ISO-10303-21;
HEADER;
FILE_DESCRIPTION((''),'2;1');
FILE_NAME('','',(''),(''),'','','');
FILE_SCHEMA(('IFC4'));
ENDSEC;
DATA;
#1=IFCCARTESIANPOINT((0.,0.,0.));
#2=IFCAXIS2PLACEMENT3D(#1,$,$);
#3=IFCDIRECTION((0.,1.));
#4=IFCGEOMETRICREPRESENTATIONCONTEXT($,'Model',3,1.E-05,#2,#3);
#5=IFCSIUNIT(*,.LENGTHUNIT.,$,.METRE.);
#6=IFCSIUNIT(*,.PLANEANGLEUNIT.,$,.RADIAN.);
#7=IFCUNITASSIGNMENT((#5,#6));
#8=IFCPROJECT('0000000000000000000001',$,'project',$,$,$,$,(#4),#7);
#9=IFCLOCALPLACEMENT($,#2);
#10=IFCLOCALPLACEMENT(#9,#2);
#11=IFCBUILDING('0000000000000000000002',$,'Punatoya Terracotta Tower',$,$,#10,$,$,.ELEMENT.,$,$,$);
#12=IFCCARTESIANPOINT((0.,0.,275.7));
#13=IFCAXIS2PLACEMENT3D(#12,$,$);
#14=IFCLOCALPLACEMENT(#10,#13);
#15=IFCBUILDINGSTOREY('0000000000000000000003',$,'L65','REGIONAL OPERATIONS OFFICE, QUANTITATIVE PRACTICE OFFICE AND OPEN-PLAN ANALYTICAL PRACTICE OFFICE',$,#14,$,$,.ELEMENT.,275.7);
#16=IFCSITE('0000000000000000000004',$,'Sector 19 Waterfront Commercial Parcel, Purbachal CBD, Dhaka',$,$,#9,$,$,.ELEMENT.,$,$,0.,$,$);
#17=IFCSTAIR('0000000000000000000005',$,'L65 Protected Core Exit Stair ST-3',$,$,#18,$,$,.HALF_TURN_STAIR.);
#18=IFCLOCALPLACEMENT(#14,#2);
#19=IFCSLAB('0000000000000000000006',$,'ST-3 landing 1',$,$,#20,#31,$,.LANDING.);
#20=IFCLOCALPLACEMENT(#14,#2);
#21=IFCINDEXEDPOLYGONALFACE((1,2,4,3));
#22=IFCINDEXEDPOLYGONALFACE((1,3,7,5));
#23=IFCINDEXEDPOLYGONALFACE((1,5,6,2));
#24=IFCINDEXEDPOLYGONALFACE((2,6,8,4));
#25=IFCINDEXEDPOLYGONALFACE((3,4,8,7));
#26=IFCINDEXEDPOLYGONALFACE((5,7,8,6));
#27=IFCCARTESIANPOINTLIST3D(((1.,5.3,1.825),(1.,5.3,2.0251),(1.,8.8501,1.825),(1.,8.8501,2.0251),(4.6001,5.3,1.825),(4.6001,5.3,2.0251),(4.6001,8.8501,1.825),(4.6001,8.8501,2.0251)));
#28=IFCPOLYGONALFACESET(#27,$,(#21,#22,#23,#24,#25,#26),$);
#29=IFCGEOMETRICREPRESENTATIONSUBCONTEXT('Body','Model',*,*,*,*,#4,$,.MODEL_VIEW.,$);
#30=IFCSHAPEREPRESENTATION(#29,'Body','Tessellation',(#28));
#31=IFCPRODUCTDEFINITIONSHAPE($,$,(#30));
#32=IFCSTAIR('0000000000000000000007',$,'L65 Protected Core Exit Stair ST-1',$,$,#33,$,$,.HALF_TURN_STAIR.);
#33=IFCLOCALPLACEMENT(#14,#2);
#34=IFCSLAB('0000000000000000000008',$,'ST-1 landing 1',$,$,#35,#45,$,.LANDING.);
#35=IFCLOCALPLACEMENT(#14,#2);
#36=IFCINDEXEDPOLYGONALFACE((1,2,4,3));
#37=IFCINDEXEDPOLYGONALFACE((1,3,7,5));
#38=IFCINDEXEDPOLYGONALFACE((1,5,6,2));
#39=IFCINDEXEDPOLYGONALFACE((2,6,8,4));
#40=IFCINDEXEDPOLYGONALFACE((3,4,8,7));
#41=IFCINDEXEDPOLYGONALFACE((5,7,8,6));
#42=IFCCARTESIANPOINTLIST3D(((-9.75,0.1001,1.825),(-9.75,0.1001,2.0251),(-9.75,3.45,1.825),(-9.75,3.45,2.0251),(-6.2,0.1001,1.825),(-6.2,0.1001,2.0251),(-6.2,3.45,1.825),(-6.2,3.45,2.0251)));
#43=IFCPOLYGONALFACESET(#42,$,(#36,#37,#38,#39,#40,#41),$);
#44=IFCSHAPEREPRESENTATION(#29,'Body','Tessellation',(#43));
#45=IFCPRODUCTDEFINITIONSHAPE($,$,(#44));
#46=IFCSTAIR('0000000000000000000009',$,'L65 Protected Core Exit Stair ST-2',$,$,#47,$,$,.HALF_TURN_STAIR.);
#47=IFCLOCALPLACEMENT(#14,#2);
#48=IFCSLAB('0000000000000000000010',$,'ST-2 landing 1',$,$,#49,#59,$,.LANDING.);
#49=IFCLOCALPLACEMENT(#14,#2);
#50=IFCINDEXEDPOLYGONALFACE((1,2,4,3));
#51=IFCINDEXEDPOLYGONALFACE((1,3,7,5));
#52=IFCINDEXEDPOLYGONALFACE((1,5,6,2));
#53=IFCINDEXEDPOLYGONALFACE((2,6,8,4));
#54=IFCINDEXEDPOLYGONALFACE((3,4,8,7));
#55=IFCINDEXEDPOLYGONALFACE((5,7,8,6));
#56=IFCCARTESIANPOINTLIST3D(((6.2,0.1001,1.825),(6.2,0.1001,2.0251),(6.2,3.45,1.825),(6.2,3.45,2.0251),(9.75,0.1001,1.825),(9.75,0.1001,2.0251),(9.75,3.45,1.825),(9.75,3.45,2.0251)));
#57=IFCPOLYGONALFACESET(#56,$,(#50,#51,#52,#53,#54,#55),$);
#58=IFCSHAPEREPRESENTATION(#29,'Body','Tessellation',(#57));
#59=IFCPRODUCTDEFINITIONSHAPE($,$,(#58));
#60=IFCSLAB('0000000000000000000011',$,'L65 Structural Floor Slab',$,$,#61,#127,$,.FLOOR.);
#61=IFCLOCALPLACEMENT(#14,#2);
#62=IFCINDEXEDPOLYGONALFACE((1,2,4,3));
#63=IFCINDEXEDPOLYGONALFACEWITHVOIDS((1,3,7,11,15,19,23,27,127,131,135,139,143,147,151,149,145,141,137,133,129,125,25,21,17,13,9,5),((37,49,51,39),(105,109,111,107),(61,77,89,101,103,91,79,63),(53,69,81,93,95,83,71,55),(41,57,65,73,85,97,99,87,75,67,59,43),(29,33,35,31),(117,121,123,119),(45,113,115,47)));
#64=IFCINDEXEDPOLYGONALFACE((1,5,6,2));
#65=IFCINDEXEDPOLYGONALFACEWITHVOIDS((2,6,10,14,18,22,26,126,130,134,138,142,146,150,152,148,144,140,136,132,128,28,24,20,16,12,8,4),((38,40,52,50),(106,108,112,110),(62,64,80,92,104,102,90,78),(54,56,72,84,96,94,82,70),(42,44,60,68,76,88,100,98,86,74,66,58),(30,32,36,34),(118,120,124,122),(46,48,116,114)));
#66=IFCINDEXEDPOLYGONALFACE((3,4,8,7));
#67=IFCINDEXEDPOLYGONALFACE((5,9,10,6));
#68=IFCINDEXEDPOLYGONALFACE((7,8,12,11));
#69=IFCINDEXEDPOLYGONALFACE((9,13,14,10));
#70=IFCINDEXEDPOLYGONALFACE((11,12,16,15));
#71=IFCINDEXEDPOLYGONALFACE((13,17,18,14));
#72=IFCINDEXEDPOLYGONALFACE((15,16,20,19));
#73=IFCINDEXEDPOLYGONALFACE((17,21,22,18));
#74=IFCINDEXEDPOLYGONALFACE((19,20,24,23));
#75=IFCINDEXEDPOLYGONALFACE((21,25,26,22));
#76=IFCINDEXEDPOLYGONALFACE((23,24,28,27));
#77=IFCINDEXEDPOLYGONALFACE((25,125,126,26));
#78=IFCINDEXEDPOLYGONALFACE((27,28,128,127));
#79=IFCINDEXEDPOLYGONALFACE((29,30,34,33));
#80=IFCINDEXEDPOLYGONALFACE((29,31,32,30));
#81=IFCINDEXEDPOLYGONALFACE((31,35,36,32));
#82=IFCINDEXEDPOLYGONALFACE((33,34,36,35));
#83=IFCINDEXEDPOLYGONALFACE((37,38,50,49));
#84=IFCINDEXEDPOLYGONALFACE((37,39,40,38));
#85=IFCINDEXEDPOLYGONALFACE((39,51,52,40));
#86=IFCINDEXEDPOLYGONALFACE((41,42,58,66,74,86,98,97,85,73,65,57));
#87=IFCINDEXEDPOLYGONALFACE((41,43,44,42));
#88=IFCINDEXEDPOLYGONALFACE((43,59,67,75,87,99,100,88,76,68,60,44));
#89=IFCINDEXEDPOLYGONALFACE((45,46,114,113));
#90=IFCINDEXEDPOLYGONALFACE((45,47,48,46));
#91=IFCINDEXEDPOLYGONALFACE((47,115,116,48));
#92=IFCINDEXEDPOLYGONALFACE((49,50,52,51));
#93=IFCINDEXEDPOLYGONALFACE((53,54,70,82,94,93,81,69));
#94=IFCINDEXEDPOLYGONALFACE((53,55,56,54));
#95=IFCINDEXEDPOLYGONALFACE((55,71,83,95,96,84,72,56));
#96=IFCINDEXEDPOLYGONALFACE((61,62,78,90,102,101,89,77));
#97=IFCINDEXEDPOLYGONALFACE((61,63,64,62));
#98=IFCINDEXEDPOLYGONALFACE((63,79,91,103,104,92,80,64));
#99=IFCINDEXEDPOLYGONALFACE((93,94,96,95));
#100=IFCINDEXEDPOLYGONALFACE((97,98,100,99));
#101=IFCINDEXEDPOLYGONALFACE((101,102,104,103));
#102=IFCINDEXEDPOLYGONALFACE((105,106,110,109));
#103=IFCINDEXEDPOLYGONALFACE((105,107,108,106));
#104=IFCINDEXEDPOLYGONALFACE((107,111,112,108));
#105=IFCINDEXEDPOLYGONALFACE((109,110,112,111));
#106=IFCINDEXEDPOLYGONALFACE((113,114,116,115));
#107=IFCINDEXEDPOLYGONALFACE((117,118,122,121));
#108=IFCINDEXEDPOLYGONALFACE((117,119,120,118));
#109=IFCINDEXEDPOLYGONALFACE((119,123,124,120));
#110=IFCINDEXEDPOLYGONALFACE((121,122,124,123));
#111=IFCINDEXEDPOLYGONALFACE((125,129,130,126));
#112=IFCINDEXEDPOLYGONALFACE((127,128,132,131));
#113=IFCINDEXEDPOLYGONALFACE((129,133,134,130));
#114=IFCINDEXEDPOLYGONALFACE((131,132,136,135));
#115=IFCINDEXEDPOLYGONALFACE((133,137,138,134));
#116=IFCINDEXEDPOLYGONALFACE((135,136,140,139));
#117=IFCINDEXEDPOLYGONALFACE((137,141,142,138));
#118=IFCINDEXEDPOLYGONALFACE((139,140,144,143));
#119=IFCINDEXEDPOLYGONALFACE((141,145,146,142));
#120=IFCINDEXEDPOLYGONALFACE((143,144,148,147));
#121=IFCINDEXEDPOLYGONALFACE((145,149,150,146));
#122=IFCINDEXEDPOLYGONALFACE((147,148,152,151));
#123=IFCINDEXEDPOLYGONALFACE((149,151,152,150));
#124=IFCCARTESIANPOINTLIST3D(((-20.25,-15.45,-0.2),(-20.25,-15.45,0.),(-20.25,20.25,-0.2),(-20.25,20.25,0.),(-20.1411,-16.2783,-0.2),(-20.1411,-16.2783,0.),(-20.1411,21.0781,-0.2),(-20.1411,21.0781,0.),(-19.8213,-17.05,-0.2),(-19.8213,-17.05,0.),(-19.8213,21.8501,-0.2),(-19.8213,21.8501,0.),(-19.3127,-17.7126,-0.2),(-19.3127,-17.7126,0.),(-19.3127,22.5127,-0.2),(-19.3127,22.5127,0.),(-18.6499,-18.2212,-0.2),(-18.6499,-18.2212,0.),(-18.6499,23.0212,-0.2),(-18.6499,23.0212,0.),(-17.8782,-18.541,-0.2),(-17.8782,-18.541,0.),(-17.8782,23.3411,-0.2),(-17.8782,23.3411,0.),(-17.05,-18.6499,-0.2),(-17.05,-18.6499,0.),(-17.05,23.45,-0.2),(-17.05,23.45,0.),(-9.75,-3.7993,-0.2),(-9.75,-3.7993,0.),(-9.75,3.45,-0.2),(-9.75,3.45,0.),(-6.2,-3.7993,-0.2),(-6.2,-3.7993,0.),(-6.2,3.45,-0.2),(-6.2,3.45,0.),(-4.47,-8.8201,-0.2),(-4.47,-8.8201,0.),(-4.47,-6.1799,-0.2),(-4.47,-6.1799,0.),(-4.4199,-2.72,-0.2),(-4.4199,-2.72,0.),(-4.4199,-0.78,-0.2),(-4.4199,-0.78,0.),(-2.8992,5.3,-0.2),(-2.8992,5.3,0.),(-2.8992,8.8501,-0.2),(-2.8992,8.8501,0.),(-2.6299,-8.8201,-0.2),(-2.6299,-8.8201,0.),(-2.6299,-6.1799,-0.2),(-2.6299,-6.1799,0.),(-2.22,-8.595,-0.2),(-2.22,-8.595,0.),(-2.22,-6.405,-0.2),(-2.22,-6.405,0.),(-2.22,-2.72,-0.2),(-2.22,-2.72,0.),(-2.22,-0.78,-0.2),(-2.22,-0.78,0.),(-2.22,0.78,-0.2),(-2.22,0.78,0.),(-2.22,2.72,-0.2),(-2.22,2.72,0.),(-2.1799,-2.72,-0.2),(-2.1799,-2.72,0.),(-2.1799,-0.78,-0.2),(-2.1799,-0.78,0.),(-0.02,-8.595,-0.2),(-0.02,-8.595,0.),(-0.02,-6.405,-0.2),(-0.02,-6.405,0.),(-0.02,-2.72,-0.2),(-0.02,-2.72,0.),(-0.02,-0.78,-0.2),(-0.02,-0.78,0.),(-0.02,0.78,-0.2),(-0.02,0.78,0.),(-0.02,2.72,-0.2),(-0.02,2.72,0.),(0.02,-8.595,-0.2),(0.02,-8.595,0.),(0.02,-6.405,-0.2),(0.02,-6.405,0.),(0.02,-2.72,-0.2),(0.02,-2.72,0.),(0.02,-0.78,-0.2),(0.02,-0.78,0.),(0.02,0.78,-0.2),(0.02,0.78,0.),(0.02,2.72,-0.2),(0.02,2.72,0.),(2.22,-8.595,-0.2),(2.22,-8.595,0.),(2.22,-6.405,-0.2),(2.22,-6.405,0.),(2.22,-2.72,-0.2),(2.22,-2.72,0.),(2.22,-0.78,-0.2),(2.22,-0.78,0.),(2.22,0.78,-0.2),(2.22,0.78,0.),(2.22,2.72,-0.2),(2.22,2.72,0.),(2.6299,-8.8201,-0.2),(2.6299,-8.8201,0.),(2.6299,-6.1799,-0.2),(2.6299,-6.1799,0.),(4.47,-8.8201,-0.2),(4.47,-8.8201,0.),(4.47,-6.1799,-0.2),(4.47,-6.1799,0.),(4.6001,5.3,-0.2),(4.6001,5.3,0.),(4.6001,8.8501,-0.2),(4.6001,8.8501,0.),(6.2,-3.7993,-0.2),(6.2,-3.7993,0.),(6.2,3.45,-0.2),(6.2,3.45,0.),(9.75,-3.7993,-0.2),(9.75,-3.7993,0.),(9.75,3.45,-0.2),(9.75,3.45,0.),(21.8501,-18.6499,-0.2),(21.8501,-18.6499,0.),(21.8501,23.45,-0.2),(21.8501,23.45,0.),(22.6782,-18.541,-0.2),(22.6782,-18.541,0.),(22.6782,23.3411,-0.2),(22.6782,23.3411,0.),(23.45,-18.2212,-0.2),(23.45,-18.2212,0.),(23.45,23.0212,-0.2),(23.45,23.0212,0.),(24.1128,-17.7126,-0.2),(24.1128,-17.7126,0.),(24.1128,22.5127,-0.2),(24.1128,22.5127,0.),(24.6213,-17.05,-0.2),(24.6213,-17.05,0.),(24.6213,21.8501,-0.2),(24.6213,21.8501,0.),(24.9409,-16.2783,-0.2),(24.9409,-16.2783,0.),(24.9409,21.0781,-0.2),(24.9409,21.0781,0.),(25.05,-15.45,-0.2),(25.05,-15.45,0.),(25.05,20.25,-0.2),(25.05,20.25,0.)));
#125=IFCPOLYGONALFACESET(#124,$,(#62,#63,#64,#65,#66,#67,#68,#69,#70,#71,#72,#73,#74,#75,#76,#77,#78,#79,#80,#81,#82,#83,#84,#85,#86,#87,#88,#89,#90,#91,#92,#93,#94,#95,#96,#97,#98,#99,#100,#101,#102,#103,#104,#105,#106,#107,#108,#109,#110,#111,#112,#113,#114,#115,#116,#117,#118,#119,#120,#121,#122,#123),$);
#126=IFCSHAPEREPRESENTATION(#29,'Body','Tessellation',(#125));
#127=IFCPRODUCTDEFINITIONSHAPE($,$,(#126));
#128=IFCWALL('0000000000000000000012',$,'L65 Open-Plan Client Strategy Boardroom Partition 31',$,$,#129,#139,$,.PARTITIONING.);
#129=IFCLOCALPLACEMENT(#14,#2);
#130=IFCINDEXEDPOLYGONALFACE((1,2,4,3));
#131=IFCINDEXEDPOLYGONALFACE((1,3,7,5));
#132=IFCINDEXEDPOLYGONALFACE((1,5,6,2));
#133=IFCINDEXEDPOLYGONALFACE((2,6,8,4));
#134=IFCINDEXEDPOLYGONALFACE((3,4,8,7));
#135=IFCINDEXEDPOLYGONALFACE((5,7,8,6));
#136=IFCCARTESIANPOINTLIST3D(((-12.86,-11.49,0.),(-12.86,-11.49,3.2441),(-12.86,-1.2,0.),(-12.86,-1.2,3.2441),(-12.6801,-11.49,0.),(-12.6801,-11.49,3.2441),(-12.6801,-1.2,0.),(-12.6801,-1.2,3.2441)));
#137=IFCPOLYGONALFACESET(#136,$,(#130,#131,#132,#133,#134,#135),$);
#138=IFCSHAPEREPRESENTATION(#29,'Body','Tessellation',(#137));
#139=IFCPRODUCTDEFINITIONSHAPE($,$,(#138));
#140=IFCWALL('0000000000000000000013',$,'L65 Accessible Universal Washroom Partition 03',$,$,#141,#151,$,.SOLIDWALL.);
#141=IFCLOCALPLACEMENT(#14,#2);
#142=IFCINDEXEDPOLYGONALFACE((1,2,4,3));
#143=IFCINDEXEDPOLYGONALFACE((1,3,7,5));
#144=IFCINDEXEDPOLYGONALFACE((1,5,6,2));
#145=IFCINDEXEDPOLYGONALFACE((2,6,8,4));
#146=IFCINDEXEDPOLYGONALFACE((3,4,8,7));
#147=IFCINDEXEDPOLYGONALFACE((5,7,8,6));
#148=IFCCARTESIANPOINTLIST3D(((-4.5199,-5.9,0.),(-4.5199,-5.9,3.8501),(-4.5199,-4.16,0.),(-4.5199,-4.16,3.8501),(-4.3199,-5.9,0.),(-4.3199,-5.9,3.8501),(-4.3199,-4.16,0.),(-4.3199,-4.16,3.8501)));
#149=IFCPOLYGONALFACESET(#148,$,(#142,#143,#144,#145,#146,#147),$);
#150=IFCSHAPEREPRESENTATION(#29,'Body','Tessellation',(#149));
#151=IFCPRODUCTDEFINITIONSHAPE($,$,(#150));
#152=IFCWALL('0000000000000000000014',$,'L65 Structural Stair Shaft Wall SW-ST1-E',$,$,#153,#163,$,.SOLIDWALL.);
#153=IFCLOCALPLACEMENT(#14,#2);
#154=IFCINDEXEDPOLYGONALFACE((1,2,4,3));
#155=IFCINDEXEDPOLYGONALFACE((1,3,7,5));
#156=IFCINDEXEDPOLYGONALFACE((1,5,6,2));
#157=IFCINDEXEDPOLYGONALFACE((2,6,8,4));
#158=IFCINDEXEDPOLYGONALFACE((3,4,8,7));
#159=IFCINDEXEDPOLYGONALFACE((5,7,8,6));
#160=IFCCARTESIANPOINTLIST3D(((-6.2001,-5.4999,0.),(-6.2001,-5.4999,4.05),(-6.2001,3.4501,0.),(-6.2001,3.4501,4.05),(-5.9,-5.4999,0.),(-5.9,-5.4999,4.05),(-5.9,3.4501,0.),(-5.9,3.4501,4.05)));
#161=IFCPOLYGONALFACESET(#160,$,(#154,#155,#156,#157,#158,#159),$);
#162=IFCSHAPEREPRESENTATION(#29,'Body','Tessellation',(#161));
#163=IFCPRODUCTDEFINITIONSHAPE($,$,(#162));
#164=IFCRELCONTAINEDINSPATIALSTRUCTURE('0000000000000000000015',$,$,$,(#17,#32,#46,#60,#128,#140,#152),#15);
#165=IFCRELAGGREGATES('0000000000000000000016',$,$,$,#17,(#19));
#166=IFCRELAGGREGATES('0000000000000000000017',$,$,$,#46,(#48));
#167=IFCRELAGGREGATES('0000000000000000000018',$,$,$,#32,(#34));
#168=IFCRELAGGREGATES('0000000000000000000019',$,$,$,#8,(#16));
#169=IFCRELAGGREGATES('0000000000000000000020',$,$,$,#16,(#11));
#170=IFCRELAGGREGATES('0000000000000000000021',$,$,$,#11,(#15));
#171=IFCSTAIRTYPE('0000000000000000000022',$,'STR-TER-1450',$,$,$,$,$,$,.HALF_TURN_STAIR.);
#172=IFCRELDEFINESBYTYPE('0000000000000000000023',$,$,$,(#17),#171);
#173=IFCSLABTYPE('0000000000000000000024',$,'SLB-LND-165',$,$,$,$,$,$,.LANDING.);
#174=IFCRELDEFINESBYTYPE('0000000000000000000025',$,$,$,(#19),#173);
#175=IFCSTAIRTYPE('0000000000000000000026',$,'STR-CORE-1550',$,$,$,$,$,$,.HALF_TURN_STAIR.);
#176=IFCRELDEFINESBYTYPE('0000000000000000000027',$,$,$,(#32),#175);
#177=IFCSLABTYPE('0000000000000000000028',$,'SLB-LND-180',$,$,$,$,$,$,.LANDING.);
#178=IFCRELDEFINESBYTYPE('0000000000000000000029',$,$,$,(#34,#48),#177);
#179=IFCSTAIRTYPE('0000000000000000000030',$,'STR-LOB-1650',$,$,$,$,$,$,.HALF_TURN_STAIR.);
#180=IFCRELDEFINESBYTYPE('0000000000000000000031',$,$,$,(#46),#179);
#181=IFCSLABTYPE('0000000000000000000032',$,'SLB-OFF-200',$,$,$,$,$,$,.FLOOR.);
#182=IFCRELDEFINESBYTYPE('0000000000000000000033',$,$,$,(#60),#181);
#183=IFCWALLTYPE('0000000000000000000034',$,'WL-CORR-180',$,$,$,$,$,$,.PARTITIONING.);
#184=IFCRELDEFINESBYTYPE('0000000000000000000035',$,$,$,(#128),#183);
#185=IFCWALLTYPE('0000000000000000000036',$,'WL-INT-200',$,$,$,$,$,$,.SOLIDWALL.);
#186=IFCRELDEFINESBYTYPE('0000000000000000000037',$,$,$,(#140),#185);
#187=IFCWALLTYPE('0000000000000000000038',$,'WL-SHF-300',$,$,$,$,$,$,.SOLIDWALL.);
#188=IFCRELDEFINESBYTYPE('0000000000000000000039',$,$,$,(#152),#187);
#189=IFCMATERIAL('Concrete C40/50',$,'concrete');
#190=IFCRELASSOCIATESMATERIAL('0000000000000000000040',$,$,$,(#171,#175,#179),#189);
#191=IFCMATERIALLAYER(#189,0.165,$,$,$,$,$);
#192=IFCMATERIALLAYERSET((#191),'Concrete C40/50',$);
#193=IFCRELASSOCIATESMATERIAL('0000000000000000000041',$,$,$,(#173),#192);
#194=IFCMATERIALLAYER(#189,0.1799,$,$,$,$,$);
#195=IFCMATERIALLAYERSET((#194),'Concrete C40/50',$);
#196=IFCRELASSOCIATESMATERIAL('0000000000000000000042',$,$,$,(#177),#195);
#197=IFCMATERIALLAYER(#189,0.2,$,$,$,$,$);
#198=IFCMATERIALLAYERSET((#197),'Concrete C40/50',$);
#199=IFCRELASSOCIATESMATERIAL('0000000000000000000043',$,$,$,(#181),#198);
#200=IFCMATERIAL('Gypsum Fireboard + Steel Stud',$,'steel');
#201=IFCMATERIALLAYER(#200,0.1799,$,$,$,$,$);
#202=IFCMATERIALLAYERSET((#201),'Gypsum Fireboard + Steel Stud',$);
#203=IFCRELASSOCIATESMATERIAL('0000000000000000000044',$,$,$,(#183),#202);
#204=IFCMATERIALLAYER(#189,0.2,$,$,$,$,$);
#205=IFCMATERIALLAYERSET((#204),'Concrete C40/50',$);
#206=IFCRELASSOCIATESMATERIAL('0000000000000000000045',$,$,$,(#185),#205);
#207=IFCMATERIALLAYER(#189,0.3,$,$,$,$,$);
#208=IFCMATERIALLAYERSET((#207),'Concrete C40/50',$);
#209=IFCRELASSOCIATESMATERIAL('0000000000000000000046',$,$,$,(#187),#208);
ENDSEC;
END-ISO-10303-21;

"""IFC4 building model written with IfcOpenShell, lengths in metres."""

from ifc_helpers import new_model, si_unit, direction, frame, frame_2d, origin, place, context, subcontext, project, spatial, polyline, rectangle, outline, extrude, material, layer, layer_set, type_object, element, aggregate, save


model = new_model("IFC4")

# Units and contexts
model_context = context("Model", 3, precision=1e-05, world=origin(), true_north=direction((0.0, 1.0)))
body_context = subcontext(model_context, "Body", "Model", "MODEL_VIEW")
ifc_project = project(units=[si_unit("LENGTHUNIT", "METRE"), si_unit("PLANEANGLEUNIT", "RADIAN")], contexts=[model_context])

# Site, building, storey
site_placement = place(None, origin())
site = spatial("IfcSite", under=ifc_project, at=site_placement, Name="Sector 19 Waterfront Commercial Parcel, Purbachal CBD, Dhaka", CompositionType="ELEMENT", RefElevation=0.0)
building_placement = place(site_placement, origin())
building = spatial("IfcBuilding", under=site, at=building_placement, Name="Punatoya Terracotta Tower", CompositionType="ELEMENT")
storey_placement = place(building_placement, frame((0.0, 0.0, 275.7)))
storey = spatial("IfcBuildingStorey", under=building, at=storey_placement, Name="L65", Description="REGIONAL OPERATIONS OFFICE, QUANTITATIVE PRACTICE OFFICE AND OPEN-PLAN ANALYTICAL PRACTICE OFFICE", CompositionType="ELEMENT", Elevation=275.7)

# Stairs, slabs
ifc_material_1 = material(Name="Concrete C40/50", Category="concrete")
stair_type_1 = type_object("IfcStairType", Name="STR-TER-1450", PredefinedType="HALF_TURN_STAIR", material=ifc_material_1)
stair_1_placement = place(storey_placement, origin())
stair_1 = element("IfcStair", 1, at=stair_1_placement, inside=storey, type_object=stair_type_1, Name="L65 Protected Core Exit Stair ST-3", PredefinedType="HALF_TURN_STAIR")
ifc_layer_1 = layer(ifc_material_1, 0.165)
ifc_layer_set_1 = layer_set([ifc_layer_1], Name="Concrete C40/50")
slab_type_1 = type_object("IfcSlabType", Name="SLB-LND-165", PredefinedType="LANDING", material=ifc_layer_set_1)
slab_1_placement = place(storey_placement, frame((0.0, 0.0, 1.825)))
slab_1 = element("IfcSlab", 2, at=slab_1_placement, type_object=slab_type_1, Name="ST-3 landing 1", PredefinedType="LANDING", context=body_context, shape_type="SweptSolid", body=[
    extrude(outline(polyline([(1.0, 5.3), (4.6001, 5.3), (4.6001, 8.8501), (1.0, 8.8501), (1.0, 5.3)])), origin(), (0.0, 0.0, 1.0), 0.2002),
])
aggregate(stair_1, [slab_1])
stair_type_2 = type_object("IfcStairType", Name="STR-CORE-1550", PredefinedType="HALF_TURN_STAIR", material=ifc_material_1)
stair_2_placement = place(storey_placement, origin())
stair_2 = element("IfcStair", 3, at=stair_2_placement, inside=storey, type_object=stair_type_2, Name="L65 Protected Core Exit Stair ST-1", PredefinedType="HALF_TURN_STAIR")
ifc_layer_2 = layer(ifc_material_1, 0.1799)
ifc_layer_set_2 = layer_set([ifc_layer_2], Name="Concrete C40/50")
slab_type_2 = type_object("IfcSlabType", Name="SLB-LND-180", PredefinedType="LANDING", material=ifc_layer_set_2)
slab_2_placement = place(storey_placement, frame((0.0, 0.0, 1.825)))
slab_2 = element("IfcSlab", 4, at=slab_2_placement, type_object=slab_type_2, Name="ST-1 landing 1", PredefinedType="LANDING", context=body_context, shape_type="SweptSolid", body=[
    extrude(outline(polyline([(-6.2, 0.1001), (-6.2, 3.45), (-9.75, 3.45), (-9.75, 0.1001), (-6.2, 0.1001)])), origin(), (0.0, 0.0, 1.0), 0.2002),
])
stair_type_3 = type_object("IfcStairType", Name="STR-LOB-1650", PredefinedType="HALF_TURN_STAIR", material=ifc_material_1)
stair_3_placement = place(storey_placement, origin())
stair_3 = element("IfcStair", 5, at=stair_3_placement, inside=storey, type_object=stair_type_3, Name="L65 Protected Core Exit Stair ST-2", PredefinedType="HALF_TURN_STAIR")
slab_3_placement = place(storey_placement, frame((0.0, 0.0, 1.825)))
slab_3 = element("IfcSlab", 6, at=slab_3_placement, type_object=slab_type_2, Name="ST-2 landing 1", PredefinedType="LANDING", context=body_context, shape_type="SweptSolid", body=[
    extrude(outline(polyline([(9.75, 0.1001), (9.75, 3.45), (6.2, 3.45), (6.2, 0.1001), (9.75, 0.1001)])), origin(), (0.0, 0.0, 1.0), 0.2002),
])
aggregate(stair_3, [slab_3])

# Slab
ifc_layer_3 = layer(ifc_material_1, 0.2)
ifc_layer_set_3 = layer_set([ifc_layer_3], Name="Concrete C40/50")
slab_type_3 = type_object("IfcSlabType", Name="SLB-OFF-200", PredefinedType="FLOOR", material=ifc_layer_set_3)
slab_4_placement = place(storey_placement, frame((0.0, 0.0, -0.2)))
element("IfcSlab", 7, at=slab_4_placement, inside=storey, type_object=slab_type_3, Name="L65 Structural Floor Slab", PredefinedType="FLOOR", context=body_context, shape_type="SweptSolid", body=[
    extrude(outline(polyline([(-17.05, -18.6499), (-17.8782, -18.541), (-18.6499, -18.2212), (-19.3127, -17.7126), (-19.8213, -17.05), (-20.1411, -16.2783), (-20.25, -15.45), (-20.25, 20.25), (-20.1411, 21.0781), (-19.8213, 21.8501), (-19.3127, 22.5127), (-18.6499, 23.0212), (-17.8782, 23.3411), (-17.05, 23.45), (21.8501, 23.45), (22.6782, 23.3411), (23.45, 23.0212), (24.1128, 22.5127), (24.6213, 21.8501), (24.9409, 21.0781), (25.05, 20.25), (25.05, -15.45), (24.9409, -16.2783), (24.6213, -17.05), (24.1128, -17.7126), (23.45, -18.2212), (22.6782, -18.541), (21.8501, -18.6499), (-17.05, -18.6499)]), holes=[polyline([(-2.6299, -6.1799), (-4.47, -6.1799), (-4.47, -8.8201), (-2.6299, -8.8201), (-2.6299, -6.1799)]), polyline([(0.02, -8.595), (2.22, -8.595), (2.22, -6.405), (0.02, -6.405), (-0.02, -6.405), (-2.22, -6.405), (-2.22, -8.595), (-0.02, -8.595), (0.02, -8.595)]), polyline([(-2.22, -2.72), (-2.1799, -2.72), (-0.02, -2.72), (0.02, -2.72), (2.22, -2.72), (2.22, -0.78), (0.02, -0.78), (-0.02, -0.78), (-2.1799, -0.78), (-2.22, -0.78), (-4.4199, -0.78), (-4.4199, -2.72), (-2.22, -2.72)]), polyline([(-6.2, 3.45), (-9.75, 3.45), (-9.75, -3.7993), (-6.2, -3.7993), (-6.2, 3.45)]), polyline([(0.02, 0.78), (2.22, 0.78), (2.22, 2.72), (0.02, 2.72), (-0.02, 2.72), (-2.22, 2.72), (-2.22, 0.78), (-0.02, 0.78), (0.02, 0.78)]), polyline([(4.47, -8.8201), (4.47, -6.1799), (2.6299, -6.1799), (2.6299, -8.8201), (4.47, -8.8201)]), polyline([(6.2, 3.45), (6.2, -3.7993), (9.75, -3.7993), (9.75, 3.45), (6.2, 3.45)]), polyline([(4.6001, 5.3), (4.6001, 8.8501), (-2.8992, 8.8501), (-2.8992, 5.3), (4.6001, 5.3)])]), origin(), (0.0, 0.0, 1.0), 0.2),
])

# Wall
ifc_material_2 = material(Name="Gypsum Fireboard + Steel Stud", Category="steel")
ifc_layer_4 = layer(ifc_material_2, 0.1799)
ifc_layer_set_4 = layer_set([ifc_layer_4], Name="Gypsum Fireboard + Steel Stud")
wall_type_1 = type_object("IfcWallType", Name="WL-CORR-180", PredefinedType="PARTITIONING", material=ifc_layer_set_4)
wall_1_placement = place(storey_placement, frame((-12.77, -1.2, 0.0), z_axis=(0.0, 0.0, 1.0), x_axis=(0.0, -1.0, 0.0)))
element("IfcWall", 8, at=wall_1_placement, inside=storey, type_object=wall_type_1, Name="L65 Open-Plan Client Strategy Boardroom Partition 31", PredefinedType="PARTITIONING", context=body_context, shape_type="SweptSolid", body=[
    extrude(rectangle(XDim=10.29, YDim=0.1799, at=frame_2d((5.145, 0.0))), origin(), (0.0, 0.0, 1.0), 3.2441),
])

# Shared definitions
ifc_layer_5 = layer(ifc_material_1, 0.2)
ifc_layer_set_5 = layer_set([ifc_layer_5], Name="Concrete C40/50")
wall_type_2 = type_object("IfcWallType", Name="WL-INT-200", PredefinedType="SOLIDWALL", material=ifc_layer_set_5)

# Walls
wall_2_placement = place(storey_placement, frame((-4.4199, -4.1599, 0.0), z_axis=(0.0, 0.0, 1.0), x_axis=(0.0, -1.0, 0.0)))
element("IfcWall", 9, at=wall_2_placement, inside=storey, type_object=wall_type_2, Name="L65 Accessible Universal Washroom Partition 03", PredefinedType="SOLIDWALL", context=body_context, shape_type="SweptSolid", body=[
    extrude(rectangle(XDim=1.74, YDim=0.2, at=frame_2d((0.8701, 0.0))), origin(), (0.0, 0.0, 1.0), 3.8501),
])
ifc_layer_6 = layer(ifc_material_1, 0.3)
ifc_layer_set_6 = layer_set([ifc_layer_6], Name="Concrete C40/50")
wall_type_3 = type_object("IfcWallType", Name="WL-SHF-300", PredefinedType="SOLIDWALL", material=ifc_layer_set_6)
wall_3_placement = place(storey_placement, frame((-6.05, -5.5, 0.0), z_axis=(0.0, 0.0, 1.0), x_axis=(0.0, 1.0, 0.0)))
element("IfcWall", 10, at=wall_3_placement, inside=storey, type_object=wall_type_3, Name="L65 Structural Stair Shaft Wall SW-ST1-E", PredefinedType="SOLIDWALL", context=body_context, shape_type="SweptSolid", body=[
    extrude(rectangle(XDim=8.95, YDim=0.3, at=frame_2d((4.4751, 0.0))), origin(), (0.0, 0.0, 1.0), 4.05),
])

aggregate(stair_2, [slab_2])

save(model, "model.ifc")
